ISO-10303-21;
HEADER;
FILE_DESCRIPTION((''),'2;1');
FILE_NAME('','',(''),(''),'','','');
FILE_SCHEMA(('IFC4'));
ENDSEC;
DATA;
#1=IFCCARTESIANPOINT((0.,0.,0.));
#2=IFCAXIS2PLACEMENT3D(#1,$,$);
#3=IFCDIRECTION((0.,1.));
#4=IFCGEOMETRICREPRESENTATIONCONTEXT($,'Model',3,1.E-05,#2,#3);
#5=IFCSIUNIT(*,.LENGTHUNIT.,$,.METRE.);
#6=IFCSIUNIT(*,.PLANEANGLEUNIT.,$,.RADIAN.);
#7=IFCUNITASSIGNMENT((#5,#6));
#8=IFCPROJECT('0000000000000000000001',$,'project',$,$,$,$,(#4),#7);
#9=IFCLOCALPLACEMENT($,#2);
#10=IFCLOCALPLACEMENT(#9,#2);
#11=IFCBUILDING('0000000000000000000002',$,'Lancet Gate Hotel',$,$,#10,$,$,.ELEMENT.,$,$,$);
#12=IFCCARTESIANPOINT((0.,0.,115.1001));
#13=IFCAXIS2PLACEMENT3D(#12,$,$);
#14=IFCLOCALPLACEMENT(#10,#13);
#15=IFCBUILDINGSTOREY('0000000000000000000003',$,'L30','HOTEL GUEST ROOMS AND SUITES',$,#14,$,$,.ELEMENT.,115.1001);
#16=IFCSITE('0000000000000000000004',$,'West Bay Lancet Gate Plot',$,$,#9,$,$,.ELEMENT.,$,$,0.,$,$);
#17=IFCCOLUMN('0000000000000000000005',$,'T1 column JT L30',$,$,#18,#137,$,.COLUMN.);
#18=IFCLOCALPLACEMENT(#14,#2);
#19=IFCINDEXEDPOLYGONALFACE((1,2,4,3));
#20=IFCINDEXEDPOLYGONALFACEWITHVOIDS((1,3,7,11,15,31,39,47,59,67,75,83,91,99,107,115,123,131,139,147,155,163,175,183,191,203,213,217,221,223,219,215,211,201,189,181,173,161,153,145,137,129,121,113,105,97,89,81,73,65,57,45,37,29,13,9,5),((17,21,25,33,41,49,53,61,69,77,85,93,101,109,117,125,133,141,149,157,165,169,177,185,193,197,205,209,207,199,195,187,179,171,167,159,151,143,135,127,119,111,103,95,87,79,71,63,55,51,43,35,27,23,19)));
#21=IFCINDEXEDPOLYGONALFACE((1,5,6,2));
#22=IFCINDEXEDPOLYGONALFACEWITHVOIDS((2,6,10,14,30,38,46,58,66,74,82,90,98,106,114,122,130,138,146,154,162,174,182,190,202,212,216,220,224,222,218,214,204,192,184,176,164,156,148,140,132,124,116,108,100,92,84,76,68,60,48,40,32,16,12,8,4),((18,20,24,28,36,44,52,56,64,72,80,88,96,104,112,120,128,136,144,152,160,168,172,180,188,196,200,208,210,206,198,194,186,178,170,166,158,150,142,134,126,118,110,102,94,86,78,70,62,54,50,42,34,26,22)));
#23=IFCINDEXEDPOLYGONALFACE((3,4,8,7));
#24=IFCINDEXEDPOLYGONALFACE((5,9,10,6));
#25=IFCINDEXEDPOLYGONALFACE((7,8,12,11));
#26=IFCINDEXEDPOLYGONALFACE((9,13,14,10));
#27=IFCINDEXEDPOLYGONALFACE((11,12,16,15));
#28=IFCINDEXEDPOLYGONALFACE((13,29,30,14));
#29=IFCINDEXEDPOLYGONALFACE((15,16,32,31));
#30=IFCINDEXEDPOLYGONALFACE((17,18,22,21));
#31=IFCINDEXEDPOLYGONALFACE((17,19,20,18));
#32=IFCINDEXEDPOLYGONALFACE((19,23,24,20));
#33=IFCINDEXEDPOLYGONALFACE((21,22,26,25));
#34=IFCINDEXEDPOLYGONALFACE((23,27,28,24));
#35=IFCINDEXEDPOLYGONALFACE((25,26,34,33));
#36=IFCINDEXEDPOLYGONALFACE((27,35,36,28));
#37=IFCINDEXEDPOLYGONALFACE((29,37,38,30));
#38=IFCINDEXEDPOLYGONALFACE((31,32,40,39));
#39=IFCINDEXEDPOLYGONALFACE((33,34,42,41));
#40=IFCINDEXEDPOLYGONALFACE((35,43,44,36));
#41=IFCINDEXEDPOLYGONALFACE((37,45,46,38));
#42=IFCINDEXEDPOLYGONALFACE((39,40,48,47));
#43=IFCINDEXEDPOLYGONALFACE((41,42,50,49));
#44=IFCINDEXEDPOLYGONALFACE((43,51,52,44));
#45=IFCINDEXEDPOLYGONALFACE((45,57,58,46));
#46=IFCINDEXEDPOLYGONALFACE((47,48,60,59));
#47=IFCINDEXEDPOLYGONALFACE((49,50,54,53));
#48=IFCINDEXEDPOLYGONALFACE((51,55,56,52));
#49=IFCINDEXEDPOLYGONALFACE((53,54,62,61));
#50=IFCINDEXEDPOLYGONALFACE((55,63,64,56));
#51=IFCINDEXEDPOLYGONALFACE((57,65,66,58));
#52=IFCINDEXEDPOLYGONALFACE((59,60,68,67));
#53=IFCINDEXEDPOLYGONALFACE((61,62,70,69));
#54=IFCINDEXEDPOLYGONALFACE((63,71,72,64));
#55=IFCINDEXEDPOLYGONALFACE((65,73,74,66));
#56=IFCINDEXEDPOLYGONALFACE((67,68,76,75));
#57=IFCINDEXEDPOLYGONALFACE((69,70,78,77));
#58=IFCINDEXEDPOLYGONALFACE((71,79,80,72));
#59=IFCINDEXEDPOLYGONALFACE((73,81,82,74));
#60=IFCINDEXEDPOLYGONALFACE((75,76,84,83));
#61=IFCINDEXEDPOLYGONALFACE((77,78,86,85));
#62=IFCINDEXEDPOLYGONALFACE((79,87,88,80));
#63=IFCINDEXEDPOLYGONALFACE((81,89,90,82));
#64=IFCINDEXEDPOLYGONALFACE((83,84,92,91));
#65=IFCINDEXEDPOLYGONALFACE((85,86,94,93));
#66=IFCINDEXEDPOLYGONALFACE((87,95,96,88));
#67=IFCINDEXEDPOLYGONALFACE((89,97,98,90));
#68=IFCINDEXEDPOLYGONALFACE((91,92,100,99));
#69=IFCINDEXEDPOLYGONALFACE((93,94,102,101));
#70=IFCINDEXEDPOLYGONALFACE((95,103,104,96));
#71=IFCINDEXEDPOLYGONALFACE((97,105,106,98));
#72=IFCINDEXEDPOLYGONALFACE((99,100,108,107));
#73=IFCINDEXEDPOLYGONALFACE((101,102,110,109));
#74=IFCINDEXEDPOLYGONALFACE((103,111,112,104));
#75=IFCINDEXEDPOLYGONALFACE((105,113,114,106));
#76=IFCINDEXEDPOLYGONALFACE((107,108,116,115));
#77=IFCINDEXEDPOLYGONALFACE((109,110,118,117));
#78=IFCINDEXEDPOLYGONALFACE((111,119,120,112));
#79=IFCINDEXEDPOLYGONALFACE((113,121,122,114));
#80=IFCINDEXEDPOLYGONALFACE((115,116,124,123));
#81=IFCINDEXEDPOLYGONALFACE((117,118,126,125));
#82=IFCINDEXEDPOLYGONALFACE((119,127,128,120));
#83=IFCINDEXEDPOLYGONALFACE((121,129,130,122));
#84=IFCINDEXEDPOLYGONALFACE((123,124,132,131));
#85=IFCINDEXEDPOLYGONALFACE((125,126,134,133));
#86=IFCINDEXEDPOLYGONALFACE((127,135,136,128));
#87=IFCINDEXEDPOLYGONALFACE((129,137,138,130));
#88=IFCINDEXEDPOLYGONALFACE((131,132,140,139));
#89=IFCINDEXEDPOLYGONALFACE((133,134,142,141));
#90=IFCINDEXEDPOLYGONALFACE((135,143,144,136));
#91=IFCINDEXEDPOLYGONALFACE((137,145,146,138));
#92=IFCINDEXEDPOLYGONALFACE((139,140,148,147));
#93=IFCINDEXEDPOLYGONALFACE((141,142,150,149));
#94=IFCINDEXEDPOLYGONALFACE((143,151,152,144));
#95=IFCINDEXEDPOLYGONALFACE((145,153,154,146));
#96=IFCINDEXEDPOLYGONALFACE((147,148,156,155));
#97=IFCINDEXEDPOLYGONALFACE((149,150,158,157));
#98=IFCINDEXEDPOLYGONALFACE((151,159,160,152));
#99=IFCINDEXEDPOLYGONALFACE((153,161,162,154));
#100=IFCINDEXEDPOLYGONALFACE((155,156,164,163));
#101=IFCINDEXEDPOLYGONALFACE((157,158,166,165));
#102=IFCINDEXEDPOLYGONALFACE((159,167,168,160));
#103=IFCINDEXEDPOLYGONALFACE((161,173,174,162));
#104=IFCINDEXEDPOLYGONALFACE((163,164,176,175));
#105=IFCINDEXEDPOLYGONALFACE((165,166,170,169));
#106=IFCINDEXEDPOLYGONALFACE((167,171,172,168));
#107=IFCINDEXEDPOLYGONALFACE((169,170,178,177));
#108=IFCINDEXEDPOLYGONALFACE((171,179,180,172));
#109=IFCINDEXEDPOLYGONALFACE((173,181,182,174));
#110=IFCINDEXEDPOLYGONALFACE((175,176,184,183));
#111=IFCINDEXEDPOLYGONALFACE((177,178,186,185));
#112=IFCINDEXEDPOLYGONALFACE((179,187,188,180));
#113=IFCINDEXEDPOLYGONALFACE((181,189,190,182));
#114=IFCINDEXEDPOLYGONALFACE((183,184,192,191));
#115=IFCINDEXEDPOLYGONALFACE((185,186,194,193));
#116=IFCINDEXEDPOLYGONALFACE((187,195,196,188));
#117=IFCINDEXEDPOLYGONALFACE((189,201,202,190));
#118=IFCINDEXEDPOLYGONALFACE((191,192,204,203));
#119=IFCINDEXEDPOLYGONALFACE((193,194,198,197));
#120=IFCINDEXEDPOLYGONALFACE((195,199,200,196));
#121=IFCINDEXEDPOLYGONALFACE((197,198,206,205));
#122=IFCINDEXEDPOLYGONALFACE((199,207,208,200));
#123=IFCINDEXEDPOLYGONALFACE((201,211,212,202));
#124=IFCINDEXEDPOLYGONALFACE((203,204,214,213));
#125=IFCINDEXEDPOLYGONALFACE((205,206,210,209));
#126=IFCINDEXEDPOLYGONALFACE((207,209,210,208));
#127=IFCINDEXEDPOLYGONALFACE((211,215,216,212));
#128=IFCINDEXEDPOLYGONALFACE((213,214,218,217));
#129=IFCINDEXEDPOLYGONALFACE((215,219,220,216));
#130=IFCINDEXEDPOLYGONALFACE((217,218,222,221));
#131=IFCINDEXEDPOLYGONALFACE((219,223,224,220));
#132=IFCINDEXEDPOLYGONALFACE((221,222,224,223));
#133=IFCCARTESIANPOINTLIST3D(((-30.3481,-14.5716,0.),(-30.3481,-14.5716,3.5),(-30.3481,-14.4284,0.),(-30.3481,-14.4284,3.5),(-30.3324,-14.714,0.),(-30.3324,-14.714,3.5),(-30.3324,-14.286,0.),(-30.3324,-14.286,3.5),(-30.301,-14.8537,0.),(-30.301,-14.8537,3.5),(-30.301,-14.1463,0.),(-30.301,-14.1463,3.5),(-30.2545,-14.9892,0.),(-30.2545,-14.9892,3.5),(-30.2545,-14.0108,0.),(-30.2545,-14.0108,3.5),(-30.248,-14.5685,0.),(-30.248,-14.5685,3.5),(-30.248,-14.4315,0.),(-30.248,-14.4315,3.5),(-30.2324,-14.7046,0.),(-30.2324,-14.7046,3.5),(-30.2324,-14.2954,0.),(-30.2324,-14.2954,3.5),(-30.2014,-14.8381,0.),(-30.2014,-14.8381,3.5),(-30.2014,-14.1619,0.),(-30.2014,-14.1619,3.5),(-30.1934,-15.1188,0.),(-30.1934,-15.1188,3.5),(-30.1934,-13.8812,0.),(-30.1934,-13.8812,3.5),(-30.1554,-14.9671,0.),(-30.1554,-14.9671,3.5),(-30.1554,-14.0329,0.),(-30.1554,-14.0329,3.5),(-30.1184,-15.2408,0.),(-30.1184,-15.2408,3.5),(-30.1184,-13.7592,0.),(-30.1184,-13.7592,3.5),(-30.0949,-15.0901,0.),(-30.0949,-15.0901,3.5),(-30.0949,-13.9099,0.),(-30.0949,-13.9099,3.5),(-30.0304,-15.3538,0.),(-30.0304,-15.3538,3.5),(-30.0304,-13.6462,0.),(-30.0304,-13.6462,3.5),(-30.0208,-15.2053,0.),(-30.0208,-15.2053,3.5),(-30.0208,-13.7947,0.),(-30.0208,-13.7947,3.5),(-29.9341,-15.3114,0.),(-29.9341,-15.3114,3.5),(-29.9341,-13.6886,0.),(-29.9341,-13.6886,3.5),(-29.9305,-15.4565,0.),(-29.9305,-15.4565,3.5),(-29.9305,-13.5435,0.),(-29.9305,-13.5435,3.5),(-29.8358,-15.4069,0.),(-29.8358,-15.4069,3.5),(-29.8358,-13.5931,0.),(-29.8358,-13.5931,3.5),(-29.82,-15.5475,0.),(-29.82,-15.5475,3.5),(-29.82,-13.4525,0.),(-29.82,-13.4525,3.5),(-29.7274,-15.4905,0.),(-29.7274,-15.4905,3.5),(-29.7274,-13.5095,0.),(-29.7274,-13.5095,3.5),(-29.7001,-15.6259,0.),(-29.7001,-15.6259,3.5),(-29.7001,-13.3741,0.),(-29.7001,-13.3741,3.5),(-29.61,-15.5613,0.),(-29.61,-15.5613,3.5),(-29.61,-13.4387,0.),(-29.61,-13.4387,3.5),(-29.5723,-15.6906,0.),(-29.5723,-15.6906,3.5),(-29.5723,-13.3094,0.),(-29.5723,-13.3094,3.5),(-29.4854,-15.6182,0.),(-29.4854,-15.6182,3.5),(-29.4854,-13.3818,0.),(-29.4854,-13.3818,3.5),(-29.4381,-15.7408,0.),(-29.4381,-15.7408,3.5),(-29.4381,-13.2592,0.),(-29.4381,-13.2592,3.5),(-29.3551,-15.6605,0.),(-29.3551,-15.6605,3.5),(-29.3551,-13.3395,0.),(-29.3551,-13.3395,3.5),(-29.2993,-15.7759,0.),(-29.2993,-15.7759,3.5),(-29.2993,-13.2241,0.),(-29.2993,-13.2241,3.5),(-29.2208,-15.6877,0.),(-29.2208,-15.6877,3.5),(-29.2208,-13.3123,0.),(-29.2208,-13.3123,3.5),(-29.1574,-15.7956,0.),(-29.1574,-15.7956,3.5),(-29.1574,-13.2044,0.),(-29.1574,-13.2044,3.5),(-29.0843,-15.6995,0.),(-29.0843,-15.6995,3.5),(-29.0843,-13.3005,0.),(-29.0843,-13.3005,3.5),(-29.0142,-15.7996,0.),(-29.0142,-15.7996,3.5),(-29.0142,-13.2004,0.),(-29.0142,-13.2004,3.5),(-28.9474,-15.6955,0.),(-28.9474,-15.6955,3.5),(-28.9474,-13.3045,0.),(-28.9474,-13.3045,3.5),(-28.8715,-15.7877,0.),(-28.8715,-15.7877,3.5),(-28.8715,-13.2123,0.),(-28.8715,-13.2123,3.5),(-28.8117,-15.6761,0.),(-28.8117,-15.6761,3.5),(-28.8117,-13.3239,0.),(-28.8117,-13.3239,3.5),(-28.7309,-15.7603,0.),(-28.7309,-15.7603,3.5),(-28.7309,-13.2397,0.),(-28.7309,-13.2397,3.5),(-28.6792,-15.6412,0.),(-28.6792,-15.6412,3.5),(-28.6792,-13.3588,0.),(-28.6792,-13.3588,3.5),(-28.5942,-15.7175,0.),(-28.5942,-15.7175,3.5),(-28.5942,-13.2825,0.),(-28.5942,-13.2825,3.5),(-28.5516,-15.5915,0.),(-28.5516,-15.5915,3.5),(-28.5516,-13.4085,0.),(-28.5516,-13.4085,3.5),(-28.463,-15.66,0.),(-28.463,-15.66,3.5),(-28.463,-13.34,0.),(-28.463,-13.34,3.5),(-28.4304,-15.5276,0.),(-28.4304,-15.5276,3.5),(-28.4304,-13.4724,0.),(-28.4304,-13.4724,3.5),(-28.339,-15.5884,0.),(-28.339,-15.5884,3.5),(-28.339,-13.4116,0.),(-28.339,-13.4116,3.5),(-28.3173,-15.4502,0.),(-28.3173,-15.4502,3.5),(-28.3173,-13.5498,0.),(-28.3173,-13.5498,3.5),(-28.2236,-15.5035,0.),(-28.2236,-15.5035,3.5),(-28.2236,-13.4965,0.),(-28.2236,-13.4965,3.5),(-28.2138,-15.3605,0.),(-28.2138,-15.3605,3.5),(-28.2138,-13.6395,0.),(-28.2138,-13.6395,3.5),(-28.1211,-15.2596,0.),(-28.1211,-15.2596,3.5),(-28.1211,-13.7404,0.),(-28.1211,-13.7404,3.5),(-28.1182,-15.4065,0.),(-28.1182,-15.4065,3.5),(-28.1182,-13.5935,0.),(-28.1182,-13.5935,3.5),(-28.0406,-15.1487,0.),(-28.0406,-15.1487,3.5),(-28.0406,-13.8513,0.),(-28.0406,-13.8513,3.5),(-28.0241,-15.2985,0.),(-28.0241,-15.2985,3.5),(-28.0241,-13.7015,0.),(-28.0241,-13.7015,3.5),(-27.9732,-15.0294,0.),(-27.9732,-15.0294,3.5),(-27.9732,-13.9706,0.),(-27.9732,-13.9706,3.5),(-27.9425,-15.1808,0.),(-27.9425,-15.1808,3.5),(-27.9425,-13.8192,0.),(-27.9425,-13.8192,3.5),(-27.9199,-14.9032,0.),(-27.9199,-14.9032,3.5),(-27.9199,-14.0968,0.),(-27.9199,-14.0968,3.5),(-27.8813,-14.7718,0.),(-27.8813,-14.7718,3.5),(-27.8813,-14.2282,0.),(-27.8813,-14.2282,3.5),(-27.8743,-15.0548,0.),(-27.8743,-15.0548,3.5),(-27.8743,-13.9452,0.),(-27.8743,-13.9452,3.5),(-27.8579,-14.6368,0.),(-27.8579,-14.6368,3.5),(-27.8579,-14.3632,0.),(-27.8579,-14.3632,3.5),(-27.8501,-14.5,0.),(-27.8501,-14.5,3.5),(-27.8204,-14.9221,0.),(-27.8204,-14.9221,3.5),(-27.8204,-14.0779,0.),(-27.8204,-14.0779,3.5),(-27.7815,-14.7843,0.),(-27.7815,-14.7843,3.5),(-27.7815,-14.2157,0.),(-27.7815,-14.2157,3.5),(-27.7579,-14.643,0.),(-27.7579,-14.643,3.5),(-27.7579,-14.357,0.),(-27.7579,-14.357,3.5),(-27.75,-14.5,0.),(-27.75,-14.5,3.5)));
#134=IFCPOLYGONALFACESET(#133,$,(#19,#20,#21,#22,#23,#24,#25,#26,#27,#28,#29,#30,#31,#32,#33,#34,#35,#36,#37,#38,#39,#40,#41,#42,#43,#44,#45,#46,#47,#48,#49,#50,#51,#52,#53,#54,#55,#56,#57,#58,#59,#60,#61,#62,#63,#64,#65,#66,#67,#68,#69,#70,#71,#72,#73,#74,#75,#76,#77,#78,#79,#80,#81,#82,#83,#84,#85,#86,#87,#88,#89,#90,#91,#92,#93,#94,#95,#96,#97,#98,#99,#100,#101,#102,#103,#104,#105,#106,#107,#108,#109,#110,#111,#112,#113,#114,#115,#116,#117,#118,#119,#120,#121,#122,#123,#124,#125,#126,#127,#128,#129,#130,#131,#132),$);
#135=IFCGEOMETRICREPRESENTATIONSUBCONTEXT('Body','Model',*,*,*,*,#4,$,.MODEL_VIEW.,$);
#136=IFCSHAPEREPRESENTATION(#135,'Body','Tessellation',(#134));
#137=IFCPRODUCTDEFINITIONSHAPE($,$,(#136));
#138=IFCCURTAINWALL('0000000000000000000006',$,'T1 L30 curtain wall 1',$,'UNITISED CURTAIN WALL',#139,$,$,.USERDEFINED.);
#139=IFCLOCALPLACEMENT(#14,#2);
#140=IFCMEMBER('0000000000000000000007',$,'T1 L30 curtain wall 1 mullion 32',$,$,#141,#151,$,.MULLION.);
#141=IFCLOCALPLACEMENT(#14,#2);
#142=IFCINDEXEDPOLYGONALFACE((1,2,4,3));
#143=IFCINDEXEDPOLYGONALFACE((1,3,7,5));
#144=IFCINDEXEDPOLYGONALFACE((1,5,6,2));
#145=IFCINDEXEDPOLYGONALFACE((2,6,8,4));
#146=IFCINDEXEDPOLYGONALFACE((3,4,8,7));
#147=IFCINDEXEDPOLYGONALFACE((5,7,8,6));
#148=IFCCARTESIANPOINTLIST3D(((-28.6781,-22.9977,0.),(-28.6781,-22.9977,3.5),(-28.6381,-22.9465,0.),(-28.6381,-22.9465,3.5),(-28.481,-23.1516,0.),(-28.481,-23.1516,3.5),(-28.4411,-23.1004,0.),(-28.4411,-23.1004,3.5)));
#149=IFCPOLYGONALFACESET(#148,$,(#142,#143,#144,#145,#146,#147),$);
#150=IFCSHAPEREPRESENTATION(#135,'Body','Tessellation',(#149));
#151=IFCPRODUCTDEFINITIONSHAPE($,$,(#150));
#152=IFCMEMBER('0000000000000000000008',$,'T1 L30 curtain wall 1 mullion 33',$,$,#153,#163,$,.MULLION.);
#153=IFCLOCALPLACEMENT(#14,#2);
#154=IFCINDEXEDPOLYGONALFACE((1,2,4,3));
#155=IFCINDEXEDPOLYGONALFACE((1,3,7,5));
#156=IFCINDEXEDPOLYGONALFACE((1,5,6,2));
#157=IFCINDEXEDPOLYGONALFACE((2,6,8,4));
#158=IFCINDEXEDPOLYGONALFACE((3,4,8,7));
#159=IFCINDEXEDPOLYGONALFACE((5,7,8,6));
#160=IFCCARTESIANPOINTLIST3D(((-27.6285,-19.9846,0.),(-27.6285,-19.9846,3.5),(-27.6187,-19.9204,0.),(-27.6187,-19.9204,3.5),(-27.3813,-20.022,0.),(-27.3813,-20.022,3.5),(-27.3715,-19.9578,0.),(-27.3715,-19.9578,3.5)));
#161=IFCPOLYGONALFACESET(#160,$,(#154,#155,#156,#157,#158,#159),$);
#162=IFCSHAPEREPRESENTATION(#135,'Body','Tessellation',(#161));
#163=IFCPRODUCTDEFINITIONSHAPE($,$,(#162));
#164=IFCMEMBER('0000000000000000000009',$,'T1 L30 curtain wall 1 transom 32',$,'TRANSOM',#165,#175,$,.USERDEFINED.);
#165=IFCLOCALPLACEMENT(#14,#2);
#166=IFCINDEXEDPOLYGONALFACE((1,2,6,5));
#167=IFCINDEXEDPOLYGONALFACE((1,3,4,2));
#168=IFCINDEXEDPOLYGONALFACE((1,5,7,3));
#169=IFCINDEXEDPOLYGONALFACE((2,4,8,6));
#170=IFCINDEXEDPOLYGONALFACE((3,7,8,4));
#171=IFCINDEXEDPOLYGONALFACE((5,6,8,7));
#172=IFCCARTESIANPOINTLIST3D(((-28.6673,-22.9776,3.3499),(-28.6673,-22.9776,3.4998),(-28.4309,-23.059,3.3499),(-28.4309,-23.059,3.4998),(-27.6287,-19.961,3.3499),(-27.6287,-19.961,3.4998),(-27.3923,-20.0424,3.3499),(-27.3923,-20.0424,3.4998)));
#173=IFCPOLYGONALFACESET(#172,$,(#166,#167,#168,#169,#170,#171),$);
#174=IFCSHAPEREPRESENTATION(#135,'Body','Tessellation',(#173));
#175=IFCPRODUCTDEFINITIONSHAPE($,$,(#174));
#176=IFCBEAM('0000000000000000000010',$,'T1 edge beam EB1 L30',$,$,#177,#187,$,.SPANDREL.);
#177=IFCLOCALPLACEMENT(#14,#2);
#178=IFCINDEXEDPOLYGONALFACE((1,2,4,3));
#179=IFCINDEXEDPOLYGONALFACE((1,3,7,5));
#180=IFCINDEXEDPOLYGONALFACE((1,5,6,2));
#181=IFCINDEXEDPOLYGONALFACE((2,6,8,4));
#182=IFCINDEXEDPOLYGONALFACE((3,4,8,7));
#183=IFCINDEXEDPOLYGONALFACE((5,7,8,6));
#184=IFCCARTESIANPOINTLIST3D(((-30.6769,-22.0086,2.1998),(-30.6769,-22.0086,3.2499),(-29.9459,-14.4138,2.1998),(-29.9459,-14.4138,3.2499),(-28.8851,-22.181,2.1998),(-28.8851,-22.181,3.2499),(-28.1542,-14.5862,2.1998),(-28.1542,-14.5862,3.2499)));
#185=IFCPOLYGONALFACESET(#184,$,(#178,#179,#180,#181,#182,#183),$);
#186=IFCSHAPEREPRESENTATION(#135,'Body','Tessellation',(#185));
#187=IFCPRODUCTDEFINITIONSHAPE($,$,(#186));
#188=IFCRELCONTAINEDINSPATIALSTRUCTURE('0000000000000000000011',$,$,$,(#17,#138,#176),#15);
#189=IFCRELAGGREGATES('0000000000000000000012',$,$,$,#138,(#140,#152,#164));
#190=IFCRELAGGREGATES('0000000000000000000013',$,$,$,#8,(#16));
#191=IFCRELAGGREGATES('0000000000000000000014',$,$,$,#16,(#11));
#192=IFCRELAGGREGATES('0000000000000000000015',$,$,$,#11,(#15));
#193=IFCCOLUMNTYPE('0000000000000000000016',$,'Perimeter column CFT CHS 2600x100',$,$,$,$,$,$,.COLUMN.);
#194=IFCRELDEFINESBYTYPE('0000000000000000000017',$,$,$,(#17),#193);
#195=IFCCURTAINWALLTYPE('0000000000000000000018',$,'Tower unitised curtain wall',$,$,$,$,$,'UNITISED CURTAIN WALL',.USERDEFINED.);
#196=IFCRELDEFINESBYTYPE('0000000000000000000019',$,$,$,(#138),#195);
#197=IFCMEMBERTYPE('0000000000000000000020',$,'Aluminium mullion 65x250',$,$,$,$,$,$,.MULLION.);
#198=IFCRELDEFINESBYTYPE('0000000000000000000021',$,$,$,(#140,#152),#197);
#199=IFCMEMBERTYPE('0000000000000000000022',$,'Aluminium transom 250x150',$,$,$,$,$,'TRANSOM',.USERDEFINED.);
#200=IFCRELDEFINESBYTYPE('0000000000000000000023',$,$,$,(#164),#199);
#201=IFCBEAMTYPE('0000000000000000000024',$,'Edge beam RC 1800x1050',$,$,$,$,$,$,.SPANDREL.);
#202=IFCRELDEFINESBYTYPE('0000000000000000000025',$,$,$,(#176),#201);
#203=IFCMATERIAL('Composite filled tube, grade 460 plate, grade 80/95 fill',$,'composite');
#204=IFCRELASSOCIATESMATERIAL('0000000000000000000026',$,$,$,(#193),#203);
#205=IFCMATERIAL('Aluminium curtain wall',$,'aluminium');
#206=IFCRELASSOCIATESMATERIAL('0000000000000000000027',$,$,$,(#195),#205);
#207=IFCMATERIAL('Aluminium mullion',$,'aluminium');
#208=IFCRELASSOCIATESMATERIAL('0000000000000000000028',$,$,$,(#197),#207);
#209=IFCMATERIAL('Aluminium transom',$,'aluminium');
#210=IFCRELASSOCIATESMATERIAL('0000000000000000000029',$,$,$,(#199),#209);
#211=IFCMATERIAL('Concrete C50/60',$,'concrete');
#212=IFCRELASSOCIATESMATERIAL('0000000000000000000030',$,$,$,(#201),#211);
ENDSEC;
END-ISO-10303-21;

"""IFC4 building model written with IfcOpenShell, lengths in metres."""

from ifc_helpers import new_model, si_unit, direction, frame, origin, origin_2d, place, context, subcontext, project, spatial, rectangle, hollow_circle, extrude, material, material_profile, profile_set, type_object, element, aggregate, save


model = new_model("IFC4")

# Units and contexts
model_context = context("Model", 3, precision=1e-05, world=origin(), true_north=direction((0.0, 1.0)))
body_context = subcontext(model_context, "Body", "Model", "MODEL_VIEW")
ifc_project = project(units=[si_unit("LENGTHUNIT", "METRE"), si_unit("PLANEANGLEUNIT", "RADIAN")], contexts=[model_context])

# Site, building, storey
site_placement = place(None, origin())
site = spatial("IfcSite", under=ifc_project, at=site_placement, Name="West Bay Lancet Gate Plot", CompositionType="ELEMENT", RefElevation=0.0)
building_placement = place(site_placement, origin())
building = spatial("IfcBuilding", under=site, at=building_placement, Name="Lancet Gate Hotel", CompositionType="ELEMENT")
storey_placement = place(building_placement, frame((0.0, 0.0, 115.1001)))
storey = spatial("IfcBuildingStorey", under=building, at=storey_placement, Name="L30", Description="HOTEL GUEST ROOMS AND SUITES", CompositionType="ELEMENT", Elevation=115.1001)

# Column
ifc_material_1 = material(Name="Composite filled tube, grade 460 plate, grade 80/95 fill", Category="composite")
ifc_material_profile_1 = material_profile(ifc_material_1, hollow_circle(Radius=1.3, WallThickness=0.1001, at=origin_2d()), Name="CHS 2600x100")
ifc_profile_set_1 = profile_set([ifc_material_profile_1], Name="Composite filled tube, grade 460 plate, grade 80/95 fill")
column_type = type_object("IfcColumnType", Name="Perimeter column CFT CHS 2600x100", PredefinedType="COLUMN", material=ifc_profile_set_1)
for number, where, z_axis, x_axis, name in (
    (1, (-29.05, -14.5, 0.0), (0.0, 0.0, 1.0), (1.0, 0.0, 0.0), "T1 column JT L30"),
):
    element("IfcColumn", number, at=place(storey_placement, frame(where, z_axis=z_axis, x_axis=x_axis)), inside=storey, type_object=column_type, Name=name, PredefinedType="COLUMN", context=body_context, shape_type="SweptSolid", body=[
        extrude(hollow_circle(Radius=1.3, WallThickness=0.1001, at=origin_2d()), origin(), (0.0, 0.0, 1.0), 3.5),
    ])

# Curtain wall, members
ifc_material_2 = material(Name="Aluminium curtain wall", Category="aluminium")
curtain_wall_type = type_object("IfcCurtainWallType", Name="Tower unitised curtain wall", ElementType="UNITISED CURTAIN WALL", PredefinedType="USERDEFINED", material=ifc_material_2)
curtain_wall_placement = place(storey_placement, origin())
curtain_wall = element("IfcCurtainWall", 2, at=curtain_wall_placement, inside=storey, type_object=curtain_wall_type, Name="T1 L30 curtain wall 1", ObjectType="UNITISED CURTAIN WALL", PredefinedType="USERDEFINED")
ifc_material_3 = material(Name="Aluminium mullion", Category="aluminium")
ifc_material_profile_2 = material_profile(ifc_material_3, rectangle(XDim=0.0649, YDim=0.25, at=origin_2d()), Name="MULLION 65x250")
ifc_profile_set_2 = profile_set([ifc_material_profile_2], Name="Aluminium mullion")
member_type_1 = type_object("IfcMemberType", Name="Aluminium mullion 65x250", PredefinedType="MULLION", material=ifc_profile_set_2)
member_1_placement = place(storey_placement, frame((-28.5596, -23.0491, 0.0), z_axis=(0.0, 0.0, 1.0), x_axis=(0.615574, 0.788079, 0.0)))
member_1 = element("IfcMember", 3, at=member_1_placement, type_object=member_type_1, Name="T1 L30 curtain wall 1 mullion 32", PredefinedType="MULLION", context=body_context, shape_type="SweptSolid", body=[
    extrude(rectangle(XDim=0.0649, YDim=0.25, at=origin_2d()), origin(), (0.0, 0.0, 1.0), 3.5),
])
member_2_placement = place(storey_placement, frame((-27.5, -19.9712, 0.0), z_axis=(0.0, 0.0, 1.0), x_axis=(0.149634, 0.988741, 0.0)))
member_2 = element("IfcMember", 4, at=member_2_placement, type_object=member_type_1, Name="T1 L30 curtain wall 1 mullion 33", PredefinedType="MULLION", context=body_context, shape_type="SweptSolid", body=[
    extrude(rectangle(XDim=0.0649, YDim=0.25, at=origin_2d()), origin(), (0.0, 0.0, 1.0), 3.5),
])
ifc_material_4 = material(Name="Aluminium transom", Category="aluminium")
ifc_material_profile_3 = material_profile(ifc_material_4, rectangle(XDim=0.25, YDim=0.1499, at=origin_2d()), Name="TRANSOM 250x150")
ifc_profile_set_3 = profile_set([ifc_material_profile_3], Name="Aluminium transom")
member_type_2 = type_object("IfcMemberType", Name="Aluminium transom 250x150", ElementType="TRANSOM", PredefinedType="USERDEFINED", material=ifc_profile_set_3)
member_3_placement = place(storey_placement, frame((-28.5491, -23.0183, 3.4248), z_axis=(0.325533, 0.945531, 0.0), x_axis=(-0.945531, 0.325533, 0.0)))
member_3 = element("IfcMember", 5, at=member_3_placement, type_object=member_type_2, Name="T1 L30 curtain wall 1 transom 32", ObjectType="TRANSOM", PredefinedType="USERDEFINED", context=body_context, shape_type="SweptSolid", body=[
    extrude(rectangle(XDim=0.25, YDim=0.1499, at=origin_2d()), origin(), (0.0, 0.0, 1.0), 3.1904),
])

# Beam
ifc_material_5 = material(Name="Concrete C50/60", Category="concrete")
ifc_material_profile_4 = material_profile(ifc_material_5, rectangle(XDim=1.8, YDim=1.05, at=origin_2d()), Name="RC 1800x1050")
ifc_profile_set_4 = profile_set([ifc_material_profile_4], Name="Concrete C50/60")
beam_type_1 = type_object("IfcBeamType", Name="Edge beam RC 1800x1050", PredefinedType="SPANDREL", material=ifc_profile_set_4)
beam_1_placement = place(storey_placement, frame((-29.05, -14.5, 2.7249), z_axis=(-0.095803, -0.9954, 0.0), x_axis=(0.9954, -0.095803, 0.0)))
element("IfcBeam", 6, at=beam_1_placement, inside=storey, type_object=beam_type_1, Name="T1 edge beam EB1 L30", PredefinedType="SPANDREL", context=body_context, shape_type="SweptSolid", body=[
    extrude(rectangle(XDim=1.8, YDim=1.05, at=origin_2d()), origin(), (0.0, 0.0, 1.0), 7.6299),
])

aggregate(curtain_wall, [member_1, member_2, member_3])

save(model, "model.ifc")
